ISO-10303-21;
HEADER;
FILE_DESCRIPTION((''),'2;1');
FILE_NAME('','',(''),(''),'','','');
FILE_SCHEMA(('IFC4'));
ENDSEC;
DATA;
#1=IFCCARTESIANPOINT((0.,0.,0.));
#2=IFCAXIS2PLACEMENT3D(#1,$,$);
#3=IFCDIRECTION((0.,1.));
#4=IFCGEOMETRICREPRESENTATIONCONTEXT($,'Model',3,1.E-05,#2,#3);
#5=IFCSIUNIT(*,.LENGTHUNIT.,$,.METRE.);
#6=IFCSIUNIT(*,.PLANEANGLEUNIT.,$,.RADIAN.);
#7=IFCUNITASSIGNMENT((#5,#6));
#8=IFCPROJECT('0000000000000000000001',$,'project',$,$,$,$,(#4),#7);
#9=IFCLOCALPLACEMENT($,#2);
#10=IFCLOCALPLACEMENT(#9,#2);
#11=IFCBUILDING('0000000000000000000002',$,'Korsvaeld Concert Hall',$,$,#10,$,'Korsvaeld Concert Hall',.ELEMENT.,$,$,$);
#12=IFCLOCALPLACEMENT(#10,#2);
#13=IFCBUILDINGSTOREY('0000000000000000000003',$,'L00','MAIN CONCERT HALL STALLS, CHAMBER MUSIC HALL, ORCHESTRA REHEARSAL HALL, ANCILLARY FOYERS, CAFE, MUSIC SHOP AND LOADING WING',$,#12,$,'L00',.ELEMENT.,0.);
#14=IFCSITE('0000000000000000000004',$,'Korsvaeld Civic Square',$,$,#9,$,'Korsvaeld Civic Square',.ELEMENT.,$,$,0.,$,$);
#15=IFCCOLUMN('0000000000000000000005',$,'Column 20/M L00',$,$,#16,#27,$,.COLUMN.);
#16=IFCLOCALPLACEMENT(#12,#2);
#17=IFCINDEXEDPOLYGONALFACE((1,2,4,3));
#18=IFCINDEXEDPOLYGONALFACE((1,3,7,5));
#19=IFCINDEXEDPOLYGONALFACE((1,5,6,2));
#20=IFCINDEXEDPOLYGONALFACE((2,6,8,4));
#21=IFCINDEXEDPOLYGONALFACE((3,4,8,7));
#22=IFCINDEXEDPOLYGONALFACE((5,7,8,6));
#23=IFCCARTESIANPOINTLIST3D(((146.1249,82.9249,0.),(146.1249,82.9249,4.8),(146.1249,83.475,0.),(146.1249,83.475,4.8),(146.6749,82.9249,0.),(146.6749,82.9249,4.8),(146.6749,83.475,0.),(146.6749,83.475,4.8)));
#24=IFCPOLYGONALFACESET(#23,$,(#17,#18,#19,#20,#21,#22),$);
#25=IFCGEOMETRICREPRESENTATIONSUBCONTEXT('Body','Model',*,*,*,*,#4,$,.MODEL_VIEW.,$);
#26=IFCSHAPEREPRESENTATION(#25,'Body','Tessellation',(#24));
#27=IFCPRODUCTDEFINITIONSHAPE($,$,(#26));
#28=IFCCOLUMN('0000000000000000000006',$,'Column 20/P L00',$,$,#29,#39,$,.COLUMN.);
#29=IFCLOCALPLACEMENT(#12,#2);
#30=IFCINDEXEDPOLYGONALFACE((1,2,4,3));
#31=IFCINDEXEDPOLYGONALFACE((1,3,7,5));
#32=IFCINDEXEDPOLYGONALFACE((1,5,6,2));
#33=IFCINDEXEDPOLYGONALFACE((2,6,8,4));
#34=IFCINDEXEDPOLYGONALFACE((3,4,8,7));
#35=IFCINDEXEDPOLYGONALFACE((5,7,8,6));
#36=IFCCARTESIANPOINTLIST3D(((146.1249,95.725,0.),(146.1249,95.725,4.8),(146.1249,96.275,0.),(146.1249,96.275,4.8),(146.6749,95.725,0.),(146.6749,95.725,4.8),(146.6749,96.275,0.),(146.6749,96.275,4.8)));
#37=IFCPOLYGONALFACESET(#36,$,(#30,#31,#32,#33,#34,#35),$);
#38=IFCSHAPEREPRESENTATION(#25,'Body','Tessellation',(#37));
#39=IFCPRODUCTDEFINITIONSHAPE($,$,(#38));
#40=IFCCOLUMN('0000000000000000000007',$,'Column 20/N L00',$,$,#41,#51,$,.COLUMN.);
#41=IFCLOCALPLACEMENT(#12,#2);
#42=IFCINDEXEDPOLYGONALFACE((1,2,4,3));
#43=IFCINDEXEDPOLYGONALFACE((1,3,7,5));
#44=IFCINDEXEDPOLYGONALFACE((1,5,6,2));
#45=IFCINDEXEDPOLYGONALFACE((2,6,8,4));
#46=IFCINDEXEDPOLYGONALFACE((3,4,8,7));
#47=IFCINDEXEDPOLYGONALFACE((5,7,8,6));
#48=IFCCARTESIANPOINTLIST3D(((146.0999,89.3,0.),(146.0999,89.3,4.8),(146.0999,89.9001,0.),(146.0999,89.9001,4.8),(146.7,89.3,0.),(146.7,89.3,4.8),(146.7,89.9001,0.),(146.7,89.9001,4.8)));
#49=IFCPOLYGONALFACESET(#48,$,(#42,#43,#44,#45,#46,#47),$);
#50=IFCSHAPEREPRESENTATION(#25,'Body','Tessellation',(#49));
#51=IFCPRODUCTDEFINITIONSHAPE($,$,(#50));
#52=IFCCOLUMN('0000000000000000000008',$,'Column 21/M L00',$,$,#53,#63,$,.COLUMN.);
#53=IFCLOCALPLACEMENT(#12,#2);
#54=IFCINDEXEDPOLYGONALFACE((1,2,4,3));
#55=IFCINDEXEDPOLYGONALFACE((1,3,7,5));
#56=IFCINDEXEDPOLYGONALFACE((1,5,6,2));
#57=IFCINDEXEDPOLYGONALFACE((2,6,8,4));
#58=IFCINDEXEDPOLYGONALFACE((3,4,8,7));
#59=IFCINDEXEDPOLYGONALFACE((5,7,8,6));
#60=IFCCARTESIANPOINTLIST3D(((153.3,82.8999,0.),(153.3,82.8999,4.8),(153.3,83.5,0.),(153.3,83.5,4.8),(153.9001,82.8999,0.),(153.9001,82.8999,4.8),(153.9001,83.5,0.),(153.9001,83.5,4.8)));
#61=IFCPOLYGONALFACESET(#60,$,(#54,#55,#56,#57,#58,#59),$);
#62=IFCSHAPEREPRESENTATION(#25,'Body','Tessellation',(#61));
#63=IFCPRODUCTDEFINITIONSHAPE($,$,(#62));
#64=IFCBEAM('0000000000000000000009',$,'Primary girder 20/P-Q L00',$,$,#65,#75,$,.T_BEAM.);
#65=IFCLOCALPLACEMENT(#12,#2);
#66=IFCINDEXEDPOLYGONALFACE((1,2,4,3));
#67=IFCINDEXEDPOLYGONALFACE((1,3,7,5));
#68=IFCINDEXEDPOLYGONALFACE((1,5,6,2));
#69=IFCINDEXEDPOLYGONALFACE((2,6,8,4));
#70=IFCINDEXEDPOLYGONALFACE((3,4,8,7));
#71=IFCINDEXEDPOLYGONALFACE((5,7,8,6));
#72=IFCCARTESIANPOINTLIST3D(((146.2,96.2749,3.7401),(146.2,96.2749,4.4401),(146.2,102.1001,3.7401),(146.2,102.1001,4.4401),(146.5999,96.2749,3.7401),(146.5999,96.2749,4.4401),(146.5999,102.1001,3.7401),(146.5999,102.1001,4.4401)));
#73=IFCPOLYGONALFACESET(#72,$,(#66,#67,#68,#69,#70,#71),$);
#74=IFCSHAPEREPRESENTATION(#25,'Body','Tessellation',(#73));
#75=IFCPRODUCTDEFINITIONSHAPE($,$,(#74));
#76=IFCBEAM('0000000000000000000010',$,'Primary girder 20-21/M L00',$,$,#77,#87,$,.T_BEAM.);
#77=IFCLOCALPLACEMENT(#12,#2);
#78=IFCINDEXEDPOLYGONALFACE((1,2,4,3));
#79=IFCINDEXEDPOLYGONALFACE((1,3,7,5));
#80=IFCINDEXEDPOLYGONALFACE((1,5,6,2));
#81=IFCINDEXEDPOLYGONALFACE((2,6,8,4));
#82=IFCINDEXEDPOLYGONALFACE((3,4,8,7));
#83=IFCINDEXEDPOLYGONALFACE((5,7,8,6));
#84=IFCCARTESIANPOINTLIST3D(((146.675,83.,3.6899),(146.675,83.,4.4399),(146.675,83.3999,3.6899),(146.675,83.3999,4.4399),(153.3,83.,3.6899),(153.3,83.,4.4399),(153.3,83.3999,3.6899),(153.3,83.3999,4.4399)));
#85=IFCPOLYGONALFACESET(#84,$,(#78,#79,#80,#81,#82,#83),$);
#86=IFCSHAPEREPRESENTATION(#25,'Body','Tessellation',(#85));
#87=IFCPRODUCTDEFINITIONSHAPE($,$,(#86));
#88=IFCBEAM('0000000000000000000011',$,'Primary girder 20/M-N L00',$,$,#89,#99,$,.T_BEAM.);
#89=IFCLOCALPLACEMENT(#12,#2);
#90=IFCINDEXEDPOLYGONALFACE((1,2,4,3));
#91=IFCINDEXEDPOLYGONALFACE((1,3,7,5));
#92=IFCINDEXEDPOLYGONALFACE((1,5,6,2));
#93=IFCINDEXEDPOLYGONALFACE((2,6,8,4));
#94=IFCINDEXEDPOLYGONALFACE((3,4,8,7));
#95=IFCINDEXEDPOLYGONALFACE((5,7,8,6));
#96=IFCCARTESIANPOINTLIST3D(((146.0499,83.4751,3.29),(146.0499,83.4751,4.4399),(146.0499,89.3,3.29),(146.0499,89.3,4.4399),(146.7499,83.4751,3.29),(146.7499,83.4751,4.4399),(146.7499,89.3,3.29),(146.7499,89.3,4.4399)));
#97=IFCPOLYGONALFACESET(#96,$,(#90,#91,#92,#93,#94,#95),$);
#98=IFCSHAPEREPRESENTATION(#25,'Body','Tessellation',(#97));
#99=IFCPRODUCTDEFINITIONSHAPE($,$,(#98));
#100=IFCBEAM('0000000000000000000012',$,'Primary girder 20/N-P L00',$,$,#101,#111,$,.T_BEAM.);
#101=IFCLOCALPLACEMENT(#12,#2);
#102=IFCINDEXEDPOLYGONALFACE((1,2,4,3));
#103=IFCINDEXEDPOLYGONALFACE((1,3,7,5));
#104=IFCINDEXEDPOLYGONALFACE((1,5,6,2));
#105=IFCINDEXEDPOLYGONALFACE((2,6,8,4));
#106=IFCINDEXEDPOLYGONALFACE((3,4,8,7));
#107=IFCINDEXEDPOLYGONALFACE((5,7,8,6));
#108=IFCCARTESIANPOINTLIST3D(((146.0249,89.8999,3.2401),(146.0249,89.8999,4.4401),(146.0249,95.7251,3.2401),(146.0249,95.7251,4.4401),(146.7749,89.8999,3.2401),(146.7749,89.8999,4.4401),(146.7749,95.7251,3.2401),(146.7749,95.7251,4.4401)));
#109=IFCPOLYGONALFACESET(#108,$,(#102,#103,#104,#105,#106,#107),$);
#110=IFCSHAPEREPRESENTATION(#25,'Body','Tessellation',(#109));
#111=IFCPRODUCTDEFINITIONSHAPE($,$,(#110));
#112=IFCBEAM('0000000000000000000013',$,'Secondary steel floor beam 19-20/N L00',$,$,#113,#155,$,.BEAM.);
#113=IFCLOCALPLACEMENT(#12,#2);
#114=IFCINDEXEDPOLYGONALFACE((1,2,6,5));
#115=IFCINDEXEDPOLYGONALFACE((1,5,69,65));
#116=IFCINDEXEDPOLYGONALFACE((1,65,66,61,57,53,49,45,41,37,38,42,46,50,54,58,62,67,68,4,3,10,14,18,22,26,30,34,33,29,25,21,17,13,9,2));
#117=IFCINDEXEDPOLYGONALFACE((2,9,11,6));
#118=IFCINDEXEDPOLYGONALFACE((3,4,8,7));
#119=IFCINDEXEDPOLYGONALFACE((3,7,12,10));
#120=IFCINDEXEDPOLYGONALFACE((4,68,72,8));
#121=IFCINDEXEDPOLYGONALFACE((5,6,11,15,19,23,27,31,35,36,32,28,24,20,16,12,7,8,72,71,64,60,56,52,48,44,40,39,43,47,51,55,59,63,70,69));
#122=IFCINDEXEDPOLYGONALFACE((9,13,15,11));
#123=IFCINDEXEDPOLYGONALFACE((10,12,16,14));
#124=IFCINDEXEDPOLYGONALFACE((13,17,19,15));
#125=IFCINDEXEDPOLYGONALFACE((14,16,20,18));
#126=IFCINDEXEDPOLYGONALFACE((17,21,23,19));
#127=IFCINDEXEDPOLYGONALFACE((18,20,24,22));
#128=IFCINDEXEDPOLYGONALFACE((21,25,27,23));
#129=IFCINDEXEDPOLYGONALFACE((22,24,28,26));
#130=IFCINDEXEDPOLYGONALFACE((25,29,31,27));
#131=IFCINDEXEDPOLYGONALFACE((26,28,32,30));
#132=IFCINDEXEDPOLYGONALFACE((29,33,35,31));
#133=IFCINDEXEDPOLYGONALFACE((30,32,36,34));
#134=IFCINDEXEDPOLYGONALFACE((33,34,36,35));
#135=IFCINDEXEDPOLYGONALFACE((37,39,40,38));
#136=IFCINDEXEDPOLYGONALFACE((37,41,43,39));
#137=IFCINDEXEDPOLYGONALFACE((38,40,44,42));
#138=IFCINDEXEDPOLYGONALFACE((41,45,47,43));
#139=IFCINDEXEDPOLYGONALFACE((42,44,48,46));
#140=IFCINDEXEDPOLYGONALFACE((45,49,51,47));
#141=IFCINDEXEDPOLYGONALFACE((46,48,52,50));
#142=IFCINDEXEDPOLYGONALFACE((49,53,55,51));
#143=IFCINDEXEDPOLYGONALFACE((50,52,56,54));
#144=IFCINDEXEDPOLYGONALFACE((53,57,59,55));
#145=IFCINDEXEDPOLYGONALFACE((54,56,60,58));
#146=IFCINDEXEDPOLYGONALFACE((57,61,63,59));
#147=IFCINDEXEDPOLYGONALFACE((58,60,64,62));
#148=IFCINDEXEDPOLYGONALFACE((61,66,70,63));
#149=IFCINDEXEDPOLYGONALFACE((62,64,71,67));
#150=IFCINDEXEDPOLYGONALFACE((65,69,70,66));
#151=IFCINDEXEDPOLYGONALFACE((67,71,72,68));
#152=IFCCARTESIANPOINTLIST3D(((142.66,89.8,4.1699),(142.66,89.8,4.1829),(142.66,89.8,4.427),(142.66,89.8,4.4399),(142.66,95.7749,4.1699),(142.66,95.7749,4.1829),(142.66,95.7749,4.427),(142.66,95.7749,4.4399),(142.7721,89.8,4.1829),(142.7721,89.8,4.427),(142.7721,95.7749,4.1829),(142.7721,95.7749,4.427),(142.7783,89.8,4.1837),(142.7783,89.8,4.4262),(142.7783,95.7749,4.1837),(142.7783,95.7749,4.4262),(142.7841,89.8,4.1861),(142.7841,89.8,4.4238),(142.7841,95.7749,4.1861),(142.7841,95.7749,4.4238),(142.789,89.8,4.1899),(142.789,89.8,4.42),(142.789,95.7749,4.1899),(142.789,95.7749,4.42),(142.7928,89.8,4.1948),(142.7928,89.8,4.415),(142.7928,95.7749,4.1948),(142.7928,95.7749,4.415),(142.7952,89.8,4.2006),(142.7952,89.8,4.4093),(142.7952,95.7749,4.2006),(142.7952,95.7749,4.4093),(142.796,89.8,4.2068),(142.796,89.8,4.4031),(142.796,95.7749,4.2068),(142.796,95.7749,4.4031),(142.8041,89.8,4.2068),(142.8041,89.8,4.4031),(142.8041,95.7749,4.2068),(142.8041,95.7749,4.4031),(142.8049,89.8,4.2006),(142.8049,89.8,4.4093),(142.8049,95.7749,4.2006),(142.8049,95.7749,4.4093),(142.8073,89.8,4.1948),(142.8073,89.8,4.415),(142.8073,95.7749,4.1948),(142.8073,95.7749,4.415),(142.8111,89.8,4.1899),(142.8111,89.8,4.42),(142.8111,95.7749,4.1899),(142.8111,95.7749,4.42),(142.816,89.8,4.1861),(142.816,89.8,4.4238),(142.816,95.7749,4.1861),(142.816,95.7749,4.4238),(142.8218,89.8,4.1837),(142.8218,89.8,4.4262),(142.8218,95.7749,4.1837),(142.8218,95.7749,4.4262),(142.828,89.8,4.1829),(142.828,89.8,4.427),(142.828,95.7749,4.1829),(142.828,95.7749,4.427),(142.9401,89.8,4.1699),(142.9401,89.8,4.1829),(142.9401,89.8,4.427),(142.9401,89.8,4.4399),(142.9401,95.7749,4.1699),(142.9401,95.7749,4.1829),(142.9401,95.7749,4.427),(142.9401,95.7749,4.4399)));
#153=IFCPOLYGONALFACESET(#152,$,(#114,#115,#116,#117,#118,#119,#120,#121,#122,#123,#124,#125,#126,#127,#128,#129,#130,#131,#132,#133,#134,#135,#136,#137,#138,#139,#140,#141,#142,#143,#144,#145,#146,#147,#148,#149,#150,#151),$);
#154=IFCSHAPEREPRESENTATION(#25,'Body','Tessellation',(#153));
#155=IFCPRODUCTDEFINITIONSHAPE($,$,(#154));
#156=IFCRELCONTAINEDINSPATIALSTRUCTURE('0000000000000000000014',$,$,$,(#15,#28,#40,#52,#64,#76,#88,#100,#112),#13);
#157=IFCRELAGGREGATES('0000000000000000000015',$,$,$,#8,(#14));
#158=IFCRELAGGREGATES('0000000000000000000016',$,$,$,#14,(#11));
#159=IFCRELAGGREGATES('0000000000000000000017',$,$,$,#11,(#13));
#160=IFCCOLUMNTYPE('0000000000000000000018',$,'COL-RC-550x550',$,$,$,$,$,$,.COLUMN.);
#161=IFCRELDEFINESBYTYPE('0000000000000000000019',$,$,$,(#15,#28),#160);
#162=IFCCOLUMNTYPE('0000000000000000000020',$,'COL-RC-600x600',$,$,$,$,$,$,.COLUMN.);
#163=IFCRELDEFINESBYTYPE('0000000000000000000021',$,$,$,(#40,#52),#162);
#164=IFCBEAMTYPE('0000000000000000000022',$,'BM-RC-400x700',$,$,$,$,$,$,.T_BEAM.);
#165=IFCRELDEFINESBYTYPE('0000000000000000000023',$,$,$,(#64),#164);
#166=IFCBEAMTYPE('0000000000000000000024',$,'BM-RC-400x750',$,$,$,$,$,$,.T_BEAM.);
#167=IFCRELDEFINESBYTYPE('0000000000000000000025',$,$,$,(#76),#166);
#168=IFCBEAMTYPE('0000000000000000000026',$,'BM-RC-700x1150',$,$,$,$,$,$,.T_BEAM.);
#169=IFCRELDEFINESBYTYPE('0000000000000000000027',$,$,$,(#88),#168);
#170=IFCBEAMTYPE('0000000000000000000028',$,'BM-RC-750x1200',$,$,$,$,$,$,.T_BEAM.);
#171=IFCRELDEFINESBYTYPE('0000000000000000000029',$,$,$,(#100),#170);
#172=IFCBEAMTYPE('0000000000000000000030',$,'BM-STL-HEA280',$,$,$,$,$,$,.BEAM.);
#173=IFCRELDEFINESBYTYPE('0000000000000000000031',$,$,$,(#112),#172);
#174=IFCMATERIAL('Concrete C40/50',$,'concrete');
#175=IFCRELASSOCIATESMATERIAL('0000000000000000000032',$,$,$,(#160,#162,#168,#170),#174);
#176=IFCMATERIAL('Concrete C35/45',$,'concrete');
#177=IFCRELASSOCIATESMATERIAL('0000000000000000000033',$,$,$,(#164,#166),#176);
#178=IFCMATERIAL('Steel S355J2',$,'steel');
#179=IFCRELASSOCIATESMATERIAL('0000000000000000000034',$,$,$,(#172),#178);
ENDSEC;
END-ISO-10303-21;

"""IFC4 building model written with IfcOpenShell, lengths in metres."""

from ifc_helpers import new_model, si_unit, direction, frame, origin, origin_2d, place, context, subcontext, project, spatial, rectangle, i_section, extrude, material, material_profile, profile_set, type_object, element, save


model = new_model("IFC4")

# Units and contexts
model_context = context("Model", 3, precision=1e-05, world=origin(), true_north=direction((0.0, 1.0)))
body_context = subcontext(model_context, "Body", "Model", "MODEL_VIEW")
ifc_project = project(units=[si_unit("LENGTHUNIT", "METRE"), si_unit("PLANEANGLEUNIT", "RADIAN")], contexts=[model_context])

# Site, building, storey
site_placement = place(None, origin())
site = spatial("IfcSite", under=ifc_project, at=site_placement, Name="Korsvaeld Civic Square", LongName="Korsvaeld Civic Square", CompositionType="ELEMENT", RefElevation=0.0)
building_placement = place(site_placement, origin())
building = spatial("IfcBuilding", under=site, at=building_placement, Name="Korsvaeld Concert Hall", LongName="Korsvaeld Concert Hall", CompositionType="ELEMENT")
storey_placement = place(building_placement, origin())
storey = spatial("IfcBuildingStorey", under=building, at=storey_placement, Name="L00", Description="MAIN CONCERT HALL STALLS, CHAMBER MUSIC HALL, ORCHESTRA REHEARSAL HALL, ANCILLARY FOYERS, CAFE, MUSIC SHOP AND LOADING WING", LongName="L00", CompositionType="ELEMENT", Elevation=0.0)

# Columns
ifc_material_1 = material(Name="Concrete C40/50", Category="concrete")
ifc_material_profile_1 = material_profile(ifc_material_1, rectangle(XDim=0.55, YDim=0.55, at=origin_2d()), Name="RC 550x550")
ifc_profile_set_1 = profile_set([ifc_material_profile_1], Name="Concrete C40/50")
column_type_1 = type_object("IfcColumnType", Name="COL-RC-550x550", PredefinedType="COLUMN", material=ifc_profile_set_1)
for number, where, z_axis, x_axis, name in (
    (1, (146.3999, 83.2, 0.0), (0.0, 0.0, 1.0), (1.0, 0.0, 0.0), "Column 20/M L00"),
    (2, (146.3999, 96.0, 0.0), (0.0, 0.0, 1.0), (1.0, 0.0, 0.0), "Column 20/P L00"),
):
    element("IfcColumn", number, at=place(storey_placement, frame(where, z_axis=z_axis, x_axis=x_axis)), inside=storey, type_object=column_type_1, Name=name, PredefinedType="COLUMN", context=body_context, shape_type="SweptSolid", body=[
        extrude(rectangle(XDim=0.55, YDim=0.55, at=origin_2d()), origin(), (0.0, 0.0, 1.0), 4.8),
    ])
ifc_material_profile_2 = material_profile(ifc_material_1, rectangle(XDim=0.6001, YDim=0.6001, at=origin_2d()), Name="RC 600x600")
ifc_profile_set_2 = profile_set([ifc_material_profile_2], Name="Concrete C40/50")
column_type_2 = type_object("IfcColumnType", Name="COL-RC-600x600", PredefinedType="COLUMN", material=ifc_profile_set_2)
for number, where, z_axis, x_axis, name in (
    (3, (146.3999, 89.6001, 0.0), (0.0, 0.0, 1.0), (1.0, 0.0, 0.0), "Column 20/N L00"),
    (4, (153.6001, 83.2, 0.0), (0.0, 0.0, 1.0), (1.0, 0.0, 0.0), "Column 21/M L00"),
):
    element("IfcColumn", number, at=place(storey_placement, frame(where, z_axis=z_axis, x_axis=x_axis)), inside=storey, type_object=column_type_2, Name=name, PredefinedType="COLUMN", context=body_context, shape_type="SweptSolid", body=[
        extrude(rectangle(XDim=0.6001, YDim=0.6001, at=origin_2d()), origin(), (0.0, 0.0, 1.0), 4.8),
    ])

# Beams
ifc_material_2 = material(Name="Concrete C35/45", Category="concrete")
ifc_material_profile_3 = material_profile(ifc_material_2, rectangle(XDim=0.3999, YDim=0.7, at=origin_2d()), Name="RC 400x700")
ifc_profile_set_3 = profile_set([ifc_material_profile_3], Name="Concrete C35/45")
beam_type_1 = type_object("IfcBeamType", Name="BM-RC-400x700", PredefinedType="T_BEAM", material=ifc_profile_set_3)
beam_1_placement = place(storey_placement, frame((146.3999, 96.2749, 4.0901), z_axis=(0.0, 1.0, 0.0), x_axis=(-1.0, 0.0, 0.0)))
element("IfcBeam", 5, at=beam_1_placement, inside=storey, type_object=beam_type_1, Name="Primary girder 20/P-Q L00", PredefinedType="T_BEAM", context=body_context, shape_type="SweptSolid", body=[
    extrude(rectangle(XDim=0.3999, YDim=0.7, at=origin_2d()), origin(), (0.0, 0.0, 1.0), 5.8252),
])
ifc_material_profile_4 = material_profile(ifc_material_2, rectangle(XDim=0.3999, YDim=0.75, at=origin_2d()), Name="RC 400x750")
ifc_profile_set_4 = profile_set([ifc_material_profile_4], Name="Concrete C35/45")
beam_type_2 = type_object("IfcBeamType", Name="BM-RC-400x750", PredefinedType="T_BEAM", material=ifc_profile_set_4)
beam_2_placement = place(storey_placement, frame((146.675, 83.2, 4.0649), z_axis=(1.0, 0.0, 0.0), x_axis=(0.0, 1.0, 0.0)))
element("IfcBeam", 6, at=beam_2_placement, inside=storey, type_object=beam_type_2, Name="Primary girder 20-21/M L00", PredefinedType="T_BEAM", context=body_context, shape_type="SweptSolid", body=[
    extrude(rectangle(XDim=0.3999, YDim=0.75, at=origin_2d()), origin(), (0.0, 0.0, 1.0), 6.625),
])
ifc_material_profile_5 = material_profile(ifc_material_1, rectangle(XDim=0.7, YDim=1.1499, at=origin_2d()), Name="RC 700x1150")
ifc_profile_set_5 = profile_set([ifc_material_profile_5], Name="Concrete C40/50")
beam_type_3 = type_object("IfcBeamType", Name="BM-RC-700x1150", PredefinedType="T_BEAM", material=ifc_profile_set_5)
beam_3_placement = place(storey_placement, frame((146.3999, 83.4751, 3.865), z_axis=(0.0, 1.0, 0.0), x_axis=(-1.0, 0.0, 0.0)))
element("IfcBeam", 7, at=beam_3_placement, inside=storey, type_object=beam_type_3, Name="Primary girder 20/M-N L00", PredefinedType="T_BEAM", context=body_context, shape_type="SweptSolid", body=[
    extrude(rectangle(XDim=0.7, YDim=1.1499, at=origin_2d()), origin(), (0.0, 0.0, 1.0), 5.825),
])
ifc_material_profile_6 = material_profile(ifc_material_1, rectangle(XDim=0.75, YDim=1.2, at=origin_2d()), Name="RC 750x1200")
ifc_profile_set_6 = profile_set([ifc_material_profile_6], Name="Concrete C40/50")
beam_type_4 = type_object("IfcBeamType", Name="BM-RC-750x1200", PredefinedType="T_BEAM", material=ifc_profile_set_6)
beam_4_placement = place(storey_placement, frame((146.3999, 89.8999, 3.8401), z_axis=(0.0, 1.0, 0.0), x_axis=(-1.0, 0.0, 0.0)))
element("IfcBeam", 8, at=beam_4_placement, inside=storey, type_object=beam_type_4, Name="Primary girder 20/N-P L00", PredefinedType="T_BEAM", context=body_context, shape_type="SweptSolid", body=[
    extrude(rectangle(XDim=0.75, YDim=1.2, at=origin_2d()), origin(), (0.0, 0.0, 1.0), 5.8252),
])
ifc_material_3 = material(Name="Steel S355J2", Category="steel")
ifc_material_profile_7 = material_profile(ifc_material_3, i_section(OverallWidth=0.28, OverallDepth=0.27, WebThickness=0.0081, FlangeThickness=0.0129, FilletRadius=0.0239, at=origin_2d()), Name="HEA 280")
ifc_profile_set_7 = profile_set([ifc_material_profile_7], Name="Steel S355J2")
beam_type_5 = type_object("IfcBeamType", Name="BM-STL-HEA280", PredefinedType="BEAM", material=ifc_profile_set_7)
beam_5_placement = place(storey_placement, frame((142.8, 89.8, 4.3049), z_axis=(0.0, 1.0, 0.0), x_axis=(-1.0, 0.0, 0.0)))
element("IfcBeam", 9, at=beam_5_placement, inside=storey, type_object=beam_type_5, Name="Secondary steel floor beam 19-20/N L00", PredefinedType="BEAM", context=body_context, shape_type="SweptSolid", body=[
    extrude(i_section(OverallWidth=0.28, OverallDepth=0.27, WebThickness=0.0081, FlangeThickness=0.0129, FilletRadius=0.0239, at=origin_2d()), origin(), (0.0, 0.0, 1.0), 5.9749),
])

save(model, "model.ifc")
